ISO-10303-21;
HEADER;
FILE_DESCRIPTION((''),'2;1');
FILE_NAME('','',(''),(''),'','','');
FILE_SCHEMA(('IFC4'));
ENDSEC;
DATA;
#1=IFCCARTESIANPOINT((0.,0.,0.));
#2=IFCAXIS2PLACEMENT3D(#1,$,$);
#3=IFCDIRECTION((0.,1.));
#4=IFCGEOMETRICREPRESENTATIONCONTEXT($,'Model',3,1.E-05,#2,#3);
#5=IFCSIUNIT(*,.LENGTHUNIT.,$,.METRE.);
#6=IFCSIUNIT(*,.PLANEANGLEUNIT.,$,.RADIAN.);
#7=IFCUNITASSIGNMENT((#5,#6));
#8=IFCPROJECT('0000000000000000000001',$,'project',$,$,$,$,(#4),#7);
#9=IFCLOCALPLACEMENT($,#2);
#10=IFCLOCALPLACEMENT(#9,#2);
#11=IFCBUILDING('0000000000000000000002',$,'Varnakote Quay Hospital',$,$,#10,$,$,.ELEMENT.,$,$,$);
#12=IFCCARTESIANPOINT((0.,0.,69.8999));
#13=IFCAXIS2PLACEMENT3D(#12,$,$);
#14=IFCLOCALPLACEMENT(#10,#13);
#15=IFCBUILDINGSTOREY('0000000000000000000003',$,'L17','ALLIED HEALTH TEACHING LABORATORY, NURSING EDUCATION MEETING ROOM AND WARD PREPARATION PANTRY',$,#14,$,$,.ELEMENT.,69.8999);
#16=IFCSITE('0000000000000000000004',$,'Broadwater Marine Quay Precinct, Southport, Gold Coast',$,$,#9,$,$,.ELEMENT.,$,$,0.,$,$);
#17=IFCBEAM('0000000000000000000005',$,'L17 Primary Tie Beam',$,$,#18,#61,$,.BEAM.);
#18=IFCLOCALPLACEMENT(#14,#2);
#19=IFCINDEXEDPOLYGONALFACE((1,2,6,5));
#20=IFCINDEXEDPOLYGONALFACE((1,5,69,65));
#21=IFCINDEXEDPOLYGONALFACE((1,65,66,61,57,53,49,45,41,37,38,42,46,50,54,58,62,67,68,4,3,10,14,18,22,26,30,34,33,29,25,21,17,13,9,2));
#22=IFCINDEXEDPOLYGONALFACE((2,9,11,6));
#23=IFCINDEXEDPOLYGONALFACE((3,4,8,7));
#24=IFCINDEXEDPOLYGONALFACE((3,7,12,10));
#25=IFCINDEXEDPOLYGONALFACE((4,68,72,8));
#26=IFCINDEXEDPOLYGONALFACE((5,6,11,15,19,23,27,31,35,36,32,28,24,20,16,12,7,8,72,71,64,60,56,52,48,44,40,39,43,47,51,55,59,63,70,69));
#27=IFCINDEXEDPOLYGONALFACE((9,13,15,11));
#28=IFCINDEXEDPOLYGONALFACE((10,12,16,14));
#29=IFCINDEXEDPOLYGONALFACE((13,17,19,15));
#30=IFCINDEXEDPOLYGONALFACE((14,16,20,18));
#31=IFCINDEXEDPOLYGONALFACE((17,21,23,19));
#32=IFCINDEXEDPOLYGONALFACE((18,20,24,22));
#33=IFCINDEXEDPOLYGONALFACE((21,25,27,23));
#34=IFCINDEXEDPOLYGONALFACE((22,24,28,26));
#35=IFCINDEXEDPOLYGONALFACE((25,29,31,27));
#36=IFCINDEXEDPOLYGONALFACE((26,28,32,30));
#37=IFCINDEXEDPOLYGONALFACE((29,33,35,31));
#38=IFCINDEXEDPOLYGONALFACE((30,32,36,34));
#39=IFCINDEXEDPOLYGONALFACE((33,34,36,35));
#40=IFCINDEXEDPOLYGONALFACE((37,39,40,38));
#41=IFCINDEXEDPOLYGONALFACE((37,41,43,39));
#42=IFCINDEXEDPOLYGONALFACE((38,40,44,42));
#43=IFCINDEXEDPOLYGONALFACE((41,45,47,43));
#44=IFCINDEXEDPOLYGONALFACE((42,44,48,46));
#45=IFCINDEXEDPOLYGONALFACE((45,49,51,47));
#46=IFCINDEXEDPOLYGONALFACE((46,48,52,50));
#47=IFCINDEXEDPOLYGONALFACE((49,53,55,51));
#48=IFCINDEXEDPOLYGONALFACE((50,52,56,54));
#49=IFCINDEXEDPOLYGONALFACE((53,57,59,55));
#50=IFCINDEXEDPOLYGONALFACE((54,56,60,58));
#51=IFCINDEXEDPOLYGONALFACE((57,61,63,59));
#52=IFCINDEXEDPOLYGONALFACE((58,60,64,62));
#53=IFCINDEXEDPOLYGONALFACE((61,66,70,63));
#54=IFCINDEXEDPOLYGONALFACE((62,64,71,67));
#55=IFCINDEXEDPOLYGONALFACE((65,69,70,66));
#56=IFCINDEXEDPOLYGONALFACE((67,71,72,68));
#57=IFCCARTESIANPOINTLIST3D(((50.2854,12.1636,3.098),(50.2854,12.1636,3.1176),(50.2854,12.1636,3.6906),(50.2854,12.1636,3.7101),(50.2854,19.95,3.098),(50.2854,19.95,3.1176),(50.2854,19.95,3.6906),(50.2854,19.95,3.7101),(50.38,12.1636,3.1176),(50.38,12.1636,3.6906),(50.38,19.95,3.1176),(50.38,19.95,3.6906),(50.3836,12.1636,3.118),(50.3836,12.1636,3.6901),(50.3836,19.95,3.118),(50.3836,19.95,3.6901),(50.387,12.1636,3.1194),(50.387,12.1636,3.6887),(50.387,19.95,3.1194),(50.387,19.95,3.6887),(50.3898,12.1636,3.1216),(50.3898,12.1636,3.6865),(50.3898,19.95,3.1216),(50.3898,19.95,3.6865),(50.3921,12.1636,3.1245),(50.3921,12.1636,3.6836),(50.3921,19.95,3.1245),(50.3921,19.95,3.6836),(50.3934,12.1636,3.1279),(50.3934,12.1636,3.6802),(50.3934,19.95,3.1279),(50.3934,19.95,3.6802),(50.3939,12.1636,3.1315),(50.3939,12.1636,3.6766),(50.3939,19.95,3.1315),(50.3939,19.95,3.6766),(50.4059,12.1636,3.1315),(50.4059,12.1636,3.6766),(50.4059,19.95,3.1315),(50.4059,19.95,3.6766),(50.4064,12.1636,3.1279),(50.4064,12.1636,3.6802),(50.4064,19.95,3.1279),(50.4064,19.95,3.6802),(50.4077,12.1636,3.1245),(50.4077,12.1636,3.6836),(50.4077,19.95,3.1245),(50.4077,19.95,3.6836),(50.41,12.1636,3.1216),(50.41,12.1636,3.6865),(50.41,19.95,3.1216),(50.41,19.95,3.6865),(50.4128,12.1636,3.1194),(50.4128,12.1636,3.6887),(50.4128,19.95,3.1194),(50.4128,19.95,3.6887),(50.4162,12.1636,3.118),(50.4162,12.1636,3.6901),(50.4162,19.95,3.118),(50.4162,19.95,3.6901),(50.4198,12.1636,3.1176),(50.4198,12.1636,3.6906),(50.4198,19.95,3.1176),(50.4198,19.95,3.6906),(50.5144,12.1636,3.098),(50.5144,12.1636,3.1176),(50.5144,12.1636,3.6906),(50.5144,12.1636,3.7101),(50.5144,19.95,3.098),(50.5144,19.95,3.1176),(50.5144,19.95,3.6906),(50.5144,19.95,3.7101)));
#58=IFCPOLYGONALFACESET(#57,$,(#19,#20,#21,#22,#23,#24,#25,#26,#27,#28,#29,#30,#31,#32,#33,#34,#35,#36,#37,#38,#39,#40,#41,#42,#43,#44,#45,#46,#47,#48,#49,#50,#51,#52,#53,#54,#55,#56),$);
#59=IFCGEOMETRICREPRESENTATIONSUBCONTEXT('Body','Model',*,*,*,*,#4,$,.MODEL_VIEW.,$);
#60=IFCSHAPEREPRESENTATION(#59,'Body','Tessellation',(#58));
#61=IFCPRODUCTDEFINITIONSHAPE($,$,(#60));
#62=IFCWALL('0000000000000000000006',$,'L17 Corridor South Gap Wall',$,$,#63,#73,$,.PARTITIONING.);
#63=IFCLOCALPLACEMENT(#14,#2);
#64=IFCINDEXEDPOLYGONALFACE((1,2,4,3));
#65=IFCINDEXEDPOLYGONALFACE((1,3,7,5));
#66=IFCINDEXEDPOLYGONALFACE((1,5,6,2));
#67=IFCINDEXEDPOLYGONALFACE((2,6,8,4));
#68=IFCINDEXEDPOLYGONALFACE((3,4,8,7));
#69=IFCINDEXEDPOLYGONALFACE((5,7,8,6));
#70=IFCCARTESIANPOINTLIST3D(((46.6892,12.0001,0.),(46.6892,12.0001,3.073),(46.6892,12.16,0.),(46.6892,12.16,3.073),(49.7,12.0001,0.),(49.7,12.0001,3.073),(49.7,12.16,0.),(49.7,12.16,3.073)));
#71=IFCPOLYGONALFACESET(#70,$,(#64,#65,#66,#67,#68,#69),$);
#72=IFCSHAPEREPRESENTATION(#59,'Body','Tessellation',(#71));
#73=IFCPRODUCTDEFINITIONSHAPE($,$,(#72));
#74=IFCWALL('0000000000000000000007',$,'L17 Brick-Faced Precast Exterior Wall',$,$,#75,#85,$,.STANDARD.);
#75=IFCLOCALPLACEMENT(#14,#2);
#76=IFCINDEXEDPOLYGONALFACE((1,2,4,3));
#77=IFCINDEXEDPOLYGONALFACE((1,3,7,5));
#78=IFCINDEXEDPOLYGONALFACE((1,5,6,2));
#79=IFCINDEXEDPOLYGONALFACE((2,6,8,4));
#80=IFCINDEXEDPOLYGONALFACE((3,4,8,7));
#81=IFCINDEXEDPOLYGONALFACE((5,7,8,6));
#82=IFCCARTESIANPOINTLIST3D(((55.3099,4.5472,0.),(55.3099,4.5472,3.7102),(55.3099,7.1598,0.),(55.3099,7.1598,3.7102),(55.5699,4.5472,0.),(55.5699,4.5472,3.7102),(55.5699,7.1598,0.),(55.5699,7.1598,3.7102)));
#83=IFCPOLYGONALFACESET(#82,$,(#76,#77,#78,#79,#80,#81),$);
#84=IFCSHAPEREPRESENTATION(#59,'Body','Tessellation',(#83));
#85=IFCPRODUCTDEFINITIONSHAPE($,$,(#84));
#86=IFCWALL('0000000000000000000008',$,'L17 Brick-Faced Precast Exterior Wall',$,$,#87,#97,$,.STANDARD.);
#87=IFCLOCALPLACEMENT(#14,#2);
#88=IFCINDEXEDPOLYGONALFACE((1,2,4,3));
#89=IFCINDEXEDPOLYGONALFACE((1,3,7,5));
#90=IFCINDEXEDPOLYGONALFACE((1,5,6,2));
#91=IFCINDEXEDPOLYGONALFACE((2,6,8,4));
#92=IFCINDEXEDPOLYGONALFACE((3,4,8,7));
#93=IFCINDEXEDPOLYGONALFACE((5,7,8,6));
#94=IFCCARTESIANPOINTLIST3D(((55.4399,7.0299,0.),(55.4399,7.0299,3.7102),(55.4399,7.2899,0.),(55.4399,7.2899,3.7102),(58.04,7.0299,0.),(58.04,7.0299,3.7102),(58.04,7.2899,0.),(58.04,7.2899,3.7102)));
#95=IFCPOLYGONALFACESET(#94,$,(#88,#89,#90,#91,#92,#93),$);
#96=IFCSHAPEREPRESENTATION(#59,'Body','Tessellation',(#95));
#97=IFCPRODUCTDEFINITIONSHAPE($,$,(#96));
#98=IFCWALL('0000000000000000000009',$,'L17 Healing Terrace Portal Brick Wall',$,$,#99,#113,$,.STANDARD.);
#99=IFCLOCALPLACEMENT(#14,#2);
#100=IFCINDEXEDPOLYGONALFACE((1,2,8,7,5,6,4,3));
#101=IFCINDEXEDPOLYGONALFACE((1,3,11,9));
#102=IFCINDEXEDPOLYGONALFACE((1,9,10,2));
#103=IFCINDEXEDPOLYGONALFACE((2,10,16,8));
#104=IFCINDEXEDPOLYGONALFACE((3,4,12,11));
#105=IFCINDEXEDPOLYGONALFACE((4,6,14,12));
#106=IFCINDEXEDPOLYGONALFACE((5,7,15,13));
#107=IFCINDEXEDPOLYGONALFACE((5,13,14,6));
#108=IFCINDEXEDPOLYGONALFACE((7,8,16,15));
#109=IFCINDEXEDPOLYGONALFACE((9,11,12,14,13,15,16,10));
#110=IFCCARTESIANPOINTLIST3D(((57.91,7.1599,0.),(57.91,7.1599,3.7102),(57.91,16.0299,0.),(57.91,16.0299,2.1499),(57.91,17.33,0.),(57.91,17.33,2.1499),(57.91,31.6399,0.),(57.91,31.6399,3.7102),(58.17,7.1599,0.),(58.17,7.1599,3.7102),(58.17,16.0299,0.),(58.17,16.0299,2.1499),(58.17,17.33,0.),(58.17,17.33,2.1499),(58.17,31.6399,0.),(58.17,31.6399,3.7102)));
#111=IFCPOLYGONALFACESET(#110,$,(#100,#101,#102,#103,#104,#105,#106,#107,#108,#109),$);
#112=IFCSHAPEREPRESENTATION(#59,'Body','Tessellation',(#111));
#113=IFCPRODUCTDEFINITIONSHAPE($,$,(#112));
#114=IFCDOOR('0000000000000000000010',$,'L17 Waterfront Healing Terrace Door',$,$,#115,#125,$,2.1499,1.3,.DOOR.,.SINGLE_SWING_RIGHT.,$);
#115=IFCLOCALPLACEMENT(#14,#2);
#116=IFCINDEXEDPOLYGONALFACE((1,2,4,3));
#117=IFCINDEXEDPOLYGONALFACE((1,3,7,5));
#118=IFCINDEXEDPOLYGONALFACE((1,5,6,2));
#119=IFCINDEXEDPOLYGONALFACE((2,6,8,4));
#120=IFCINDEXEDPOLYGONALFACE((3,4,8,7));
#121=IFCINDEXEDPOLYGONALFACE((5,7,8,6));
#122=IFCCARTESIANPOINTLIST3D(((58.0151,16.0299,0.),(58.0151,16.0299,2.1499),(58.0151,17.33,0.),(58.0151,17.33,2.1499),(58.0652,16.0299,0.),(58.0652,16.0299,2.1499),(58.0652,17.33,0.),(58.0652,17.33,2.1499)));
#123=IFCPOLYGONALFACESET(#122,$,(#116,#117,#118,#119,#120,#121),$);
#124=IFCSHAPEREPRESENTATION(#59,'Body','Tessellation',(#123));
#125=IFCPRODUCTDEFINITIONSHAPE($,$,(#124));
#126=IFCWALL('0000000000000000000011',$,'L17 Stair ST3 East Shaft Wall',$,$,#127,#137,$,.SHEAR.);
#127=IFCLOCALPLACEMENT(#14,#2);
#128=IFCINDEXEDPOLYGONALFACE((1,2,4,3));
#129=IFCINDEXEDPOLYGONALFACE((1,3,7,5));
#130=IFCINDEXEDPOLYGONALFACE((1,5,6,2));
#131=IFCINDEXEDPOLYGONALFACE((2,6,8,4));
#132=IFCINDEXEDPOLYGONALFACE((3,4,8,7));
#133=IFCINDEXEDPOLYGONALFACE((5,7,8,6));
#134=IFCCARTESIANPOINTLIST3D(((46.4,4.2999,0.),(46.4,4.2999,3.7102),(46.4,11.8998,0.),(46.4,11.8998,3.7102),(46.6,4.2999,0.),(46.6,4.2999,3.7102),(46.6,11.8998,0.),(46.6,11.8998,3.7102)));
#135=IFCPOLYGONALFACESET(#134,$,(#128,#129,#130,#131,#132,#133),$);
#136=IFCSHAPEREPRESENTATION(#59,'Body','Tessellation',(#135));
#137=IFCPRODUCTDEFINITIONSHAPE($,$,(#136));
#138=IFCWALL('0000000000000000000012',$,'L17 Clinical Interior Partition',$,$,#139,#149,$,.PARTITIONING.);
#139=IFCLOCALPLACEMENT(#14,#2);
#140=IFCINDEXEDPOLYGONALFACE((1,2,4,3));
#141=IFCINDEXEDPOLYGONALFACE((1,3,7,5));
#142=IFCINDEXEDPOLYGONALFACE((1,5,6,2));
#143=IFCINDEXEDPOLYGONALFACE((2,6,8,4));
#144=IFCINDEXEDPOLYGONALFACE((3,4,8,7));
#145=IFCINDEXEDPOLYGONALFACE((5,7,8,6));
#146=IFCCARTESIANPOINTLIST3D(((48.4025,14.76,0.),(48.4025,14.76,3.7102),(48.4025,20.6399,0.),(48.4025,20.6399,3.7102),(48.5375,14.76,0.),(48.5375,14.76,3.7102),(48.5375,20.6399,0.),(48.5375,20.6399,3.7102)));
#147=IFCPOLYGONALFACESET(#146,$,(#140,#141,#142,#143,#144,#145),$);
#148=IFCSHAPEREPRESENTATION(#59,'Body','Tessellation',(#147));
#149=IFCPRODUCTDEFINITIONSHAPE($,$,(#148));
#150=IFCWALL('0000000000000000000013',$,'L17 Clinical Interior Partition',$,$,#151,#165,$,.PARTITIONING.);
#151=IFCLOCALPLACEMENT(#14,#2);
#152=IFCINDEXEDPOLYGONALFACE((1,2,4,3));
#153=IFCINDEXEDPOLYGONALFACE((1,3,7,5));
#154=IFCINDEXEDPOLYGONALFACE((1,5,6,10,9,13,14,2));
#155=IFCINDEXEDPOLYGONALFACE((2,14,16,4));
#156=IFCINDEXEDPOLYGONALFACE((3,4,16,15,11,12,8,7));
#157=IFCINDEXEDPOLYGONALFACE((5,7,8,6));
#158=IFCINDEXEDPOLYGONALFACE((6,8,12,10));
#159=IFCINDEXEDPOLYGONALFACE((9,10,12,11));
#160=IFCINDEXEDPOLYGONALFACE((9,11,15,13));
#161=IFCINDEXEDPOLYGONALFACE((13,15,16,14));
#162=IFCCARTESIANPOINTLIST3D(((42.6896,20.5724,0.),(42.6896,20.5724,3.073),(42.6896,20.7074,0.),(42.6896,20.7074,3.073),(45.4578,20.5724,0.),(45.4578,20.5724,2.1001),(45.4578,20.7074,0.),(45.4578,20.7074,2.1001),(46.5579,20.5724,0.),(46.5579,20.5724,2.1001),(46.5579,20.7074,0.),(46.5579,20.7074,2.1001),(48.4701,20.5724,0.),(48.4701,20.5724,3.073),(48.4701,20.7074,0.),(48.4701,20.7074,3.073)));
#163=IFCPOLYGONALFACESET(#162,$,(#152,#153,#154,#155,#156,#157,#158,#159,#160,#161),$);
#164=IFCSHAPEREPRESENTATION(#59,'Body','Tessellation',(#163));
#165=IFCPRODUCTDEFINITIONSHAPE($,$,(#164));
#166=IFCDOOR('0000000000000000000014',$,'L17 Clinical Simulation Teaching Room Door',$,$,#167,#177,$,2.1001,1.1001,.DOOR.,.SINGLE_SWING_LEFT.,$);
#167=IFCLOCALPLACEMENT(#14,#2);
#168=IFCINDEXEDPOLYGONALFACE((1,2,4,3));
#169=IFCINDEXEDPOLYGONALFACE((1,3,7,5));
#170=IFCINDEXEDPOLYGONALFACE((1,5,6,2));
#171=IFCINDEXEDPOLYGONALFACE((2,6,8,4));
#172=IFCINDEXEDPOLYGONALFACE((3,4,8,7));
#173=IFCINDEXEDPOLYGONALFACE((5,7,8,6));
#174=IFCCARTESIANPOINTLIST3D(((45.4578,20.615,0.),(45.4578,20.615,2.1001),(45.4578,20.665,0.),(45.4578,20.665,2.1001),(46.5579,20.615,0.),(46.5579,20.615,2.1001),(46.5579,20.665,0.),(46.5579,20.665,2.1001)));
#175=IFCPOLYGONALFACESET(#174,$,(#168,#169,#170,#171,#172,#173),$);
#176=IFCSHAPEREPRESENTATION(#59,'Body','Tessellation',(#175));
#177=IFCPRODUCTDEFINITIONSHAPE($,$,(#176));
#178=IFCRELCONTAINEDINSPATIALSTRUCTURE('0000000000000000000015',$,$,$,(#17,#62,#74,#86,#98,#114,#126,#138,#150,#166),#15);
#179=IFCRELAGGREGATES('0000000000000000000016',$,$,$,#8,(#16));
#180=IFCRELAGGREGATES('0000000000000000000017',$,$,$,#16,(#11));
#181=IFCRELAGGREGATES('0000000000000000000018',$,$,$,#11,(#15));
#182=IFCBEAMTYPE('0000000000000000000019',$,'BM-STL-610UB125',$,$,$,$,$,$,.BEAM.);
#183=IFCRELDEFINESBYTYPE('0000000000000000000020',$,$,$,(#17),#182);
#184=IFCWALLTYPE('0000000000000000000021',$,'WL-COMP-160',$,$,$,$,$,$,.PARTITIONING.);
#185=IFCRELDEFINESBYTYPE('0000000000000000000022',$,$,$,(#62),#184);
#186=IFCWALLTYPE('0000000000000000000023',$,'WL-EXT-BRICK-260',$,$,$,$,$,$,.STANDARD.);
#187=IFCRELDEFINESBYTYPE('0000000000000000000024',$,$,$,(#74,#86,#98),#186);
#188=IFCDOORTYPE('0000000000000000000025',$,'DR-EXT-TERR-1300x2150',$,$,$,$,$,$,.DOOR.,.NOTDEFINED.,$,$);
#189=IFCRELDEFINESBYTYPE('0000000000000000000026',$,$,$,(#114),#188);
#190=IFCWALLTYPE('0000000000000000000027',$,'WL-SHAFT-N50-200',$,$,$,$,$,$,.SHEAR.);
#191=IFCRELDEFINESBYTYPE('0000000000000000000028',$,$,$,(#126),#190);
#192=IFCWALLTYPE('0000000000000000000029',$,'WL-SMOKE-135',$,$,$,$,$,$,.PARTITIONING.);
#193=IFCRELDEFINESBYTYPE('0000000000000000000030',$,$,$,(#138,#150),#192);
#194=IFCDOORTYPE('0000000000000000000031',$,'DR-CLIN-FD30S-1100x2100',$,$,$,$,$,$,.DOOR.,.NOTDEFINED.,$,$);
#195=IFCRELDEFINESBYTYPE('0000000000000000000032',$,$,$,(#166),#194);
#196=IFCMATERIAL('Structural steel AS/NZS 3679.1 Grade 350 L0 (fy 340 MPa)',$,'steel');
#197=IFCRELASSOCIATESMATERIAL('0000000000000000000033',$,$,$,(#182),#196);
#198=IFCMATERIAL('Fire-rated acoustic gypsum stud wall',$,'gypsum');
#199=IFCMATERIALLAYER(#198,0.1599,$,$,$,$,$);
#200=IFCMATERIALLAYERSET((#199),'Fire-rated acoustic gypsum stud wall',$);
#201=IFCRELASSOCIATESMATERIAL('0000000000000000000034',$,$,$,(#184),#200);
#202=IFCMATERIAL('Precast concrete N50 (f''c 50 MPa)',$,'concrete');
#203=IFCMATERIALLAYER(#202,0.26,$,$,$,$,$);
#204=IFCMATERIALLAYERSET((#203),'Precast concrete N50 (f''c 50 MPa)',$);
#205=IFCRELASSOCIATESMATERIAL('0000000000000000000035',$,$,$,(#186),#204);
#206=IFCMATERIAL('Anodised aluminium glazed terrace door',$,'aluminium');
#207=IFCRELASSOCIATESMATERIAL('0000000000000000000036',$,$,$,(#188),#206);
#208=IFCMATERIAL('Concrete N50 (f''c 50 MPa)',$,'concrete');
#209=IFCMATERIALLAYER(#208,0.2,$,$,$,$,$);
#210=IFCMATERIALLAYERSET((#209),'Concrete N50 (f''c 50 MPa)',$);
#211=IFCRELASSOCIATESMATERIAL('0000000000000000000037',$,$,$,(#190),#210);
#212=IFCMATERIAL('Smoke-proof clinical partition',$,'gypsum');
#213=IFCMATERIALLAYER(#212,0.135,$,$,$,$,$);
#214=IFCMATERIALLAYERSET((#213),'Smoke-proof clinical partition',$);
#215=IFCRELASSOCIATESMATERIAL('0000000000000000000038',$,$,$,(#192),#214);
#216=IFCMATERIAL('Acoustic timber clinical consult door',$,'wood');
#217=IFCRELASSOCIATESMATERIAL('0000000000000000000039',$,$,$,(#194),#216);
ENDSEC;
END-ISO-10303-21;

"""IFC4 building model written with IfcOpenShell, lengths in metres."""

from ifc_helpers import new_model, si_unit, direction, frame, frame_2d, origin, origin_2d, place, context, subcontext, project, spatial, rectangle, i_section, extrude, material, layer, layer_set, material_profile, profile_set, type_object, element, fill, save


model = new_model("IFC4")

# Units and contexts
model_context = context("Model", 3, precision=1e-05, world=origin(), true_north=direction((0.0, 1.0)))
body_context = subcontext(model_context, "Body", "Model", "MODEL_VIEW")
ifc_project = project(units=[si_unit("LENGTHUNIT", "METRE"), si_unit("PLANEANGLEUNIT", "RADIAN")], contexts=[model_context])

# Site, building, storey
site_placement = place(None, origin())
site = spatial("IfcSite", under=ifc_project, at=site_placement, Name="Broadwater Marine Quay Precinct, Southport, Gold Coast", CompositionType="ELEMENT", RefElevation=0.0)
building_placement = place(site_placement, origin())
building = spatial("IfcBuilding", under=site, at=building_placement, Name="Varnakote Quay Hospital", CompositionType="ELEMENT")
storey_placement = place(building_placement, frame((0.0, 0.0, 69.8999)))
storey = spatial("IfcBuildingStorey", under=building, at=storey_placement, Name="L17", Description="ALLIED HEALTH TEACHING LABORATORY, NURSING EDUCATION MEETING ROOM AND WARD PREPARATION PANTRY", CompositionType="ELEMENT", Elevation=69.8999)

# Beam
ifc_material_1 = material(Name="Structural steel AS/NZS 3679.1 Grade 350 L0 (fy 340 MPa)", Category="steel")
ifc_material_profile_1 = material_profile(ifc_material_1, i_section(OverallWidth=0.229, OverallDepth=0.6121, WebThickness=0.012, FlangeThickness=0.0195, FilletRadius=0.0139, at=origin_2d()), Name="610UB125")
ifc_profile_set_1 = profile_set([ifc_material_profile_1], Name="Structural steel AS/NZS 3679.1 Grade 350 L0 (fy 340 MPa)")
beam_type = type_object("IfcBeamType", Name="BM-STL-610UB125", PredefinedType="BEAM", material=ifc_profile_set_1)
beam_1_placement = place(storey_placement, frame((50.3999, 12.1636, 3.4041), z_axis=(0.0, 1.0, 0.0), x_axis=(-1.0, 0.0, 0.0)))
element("IfcBeam", 1, at=beam_1_placement, inside=storey, type_object=beam_type, Name="L17 Primary Tie Beam", PredefinedType="BEAM", context=body_context, shape_type="SweptSolid", body=[
    extrude(i_section(OverallWidth=0.229, OverallDepth=0.6121, WebThickness=0.012, FlangeThickness=0.0195, FilletRadius=0.0139, at=origin_2d()), origin(), (0.0, 0.0, 1.0), 7.7864),
])

# Walls
ifc_material_2 = material(Name="Fire-rated acoustic gypsum stud wall", Category="gypsum")
ifc_layer_1 = layer(ifc_material_2, 0.1599)
ifc_layer_set_1 = layer_set([ifc_layer_1], Name="Fire-rated acoustic gypsum stud wall")
wall_type_1 = type_object("IfcWallType", Name="WL-COMP-160", PredefinedType="PARTITIONING", material=ifc_layer_set_1)
wall_1_placement = place(storey_placement, frame((46.6892, 12.0801, 0.0), z_axis=(0.0, 0.0, 1.0), x_axis=(1.0, 0.0, 0.0)))
element("IfcWall", 2, at=wall_1_placement, inside=storey, type_object=wall_type_1, Name="L17 Corridor South Gap Wall", PredefinedType="PARTITIONING", context=body_context, shape_type="SweptSolid", body=[
    extrude(rectangle(XDim=3.0107, YDim=0.1599, at=frame_2d((1.5054, 0.0))), origin(), (0.0, 0.0, 1.0), 3.073),
])
ifc_material_3 = material(Name="Precast concrete N50 (f'c 50 MPa)", Category="concrete")
ifc_layer_2 = layer(ifc_material_3, 0.26)
ifc_layer_set_2 = layer_set([ifc_layer_2], Name="Precast concrete N50 (f'c 50 MPa)")
wall_type_2 = type_object("IfcWallType", Name="WL-EXT-BRICK-260", PredefinedType="STANDARD", material=ifc_layer_set_2)
wall_2_placement = place(storey_placement, frame((55.4399, 4.5474, 0.0), z_axis=(0.0, 0.0, 1.0), x_axis=(0.0, 1.0, 0.0)))
element("IfcWall", 3, at=wall_2_placement, inside=storey, type_object=wall_type_2, Name="L17 Brick-Faced Precast Exterior Wall", PredefinedType="STANDARD", context=body_context, shape_type="SweptSolid", body=[
    extrude(rectangle(XDim=2.6125, YDim=0.26, at=frame_2d((1.3062, 0.0))), origin(), (0.0, 0.0, 1.0), 3.7102),
])
wall_3_placement = place(storey_placement, frame((55.4399, 7.1599, 0.0), z_axis=(0.0, 0.0, 1.0), x_axis=(1.0, 0.0, 0.0)))
element("IfcWall", 4, at=wall_3_placement, inside=storey, type_object=wall_type_2, Name="L17 Brick-Faced Precast Exterior Wall", PredefinedType="STANDARD", context=body_context, shape_type="SweptSolid", body=[
    extrude(rectangle(XDim=2.6001, YDim=0.26, at=frame_2d((1.3, 0.0))), origin(), (0.0, 0.0, 1.0), 3.7102),
])

# Wall, opening, door
wall_4_placement = place(storey_placement, frame((58.04, 7.1599, 0.0), z_axis=(0.0, 0.0, 1.0), x_axis=(0.0, 1.0, 0.0)))
wall_4 = element("IfcWall", 5, at=wall_4_placement, inside=storey, type_object=wall_type_2, Name="L17 Healing Terrace Portal Brick Wall", PredefinedType="STANDARD", context=body_context, shape_type="SweptSolid", body=[
    extrude(rectangle(XDim=24.48, YDim=0.26, at=frame_2d((12.24, 0.0))), origin(), (0.0, 0.0, 1.0), 3.7102),
])
opening_1_placement = place(wall_4_placement, frame((8.8701, 0.0, 0.0)))
opening_1 = element("IfcOpeningElement", 6, at=opening_1_placement, cuts=wall_4, PredefinedType="OPENING", context=body_context, shape_type="SweptSolid", body=[
    extrude(rectangle(XDim=1.3, YDim=2.1499, at=frame_2d((0.6499, 1.075))), frame((0.0, 0.1399, 0.0), z_axis=(0.0, -1.0, 0.0), x_axis=(1.0, 0.0, 0.0)), (0.0, 0.0, 1.0), 0.28),
])
ifc_material_4 = material(Name="Anodised aluminium glazed terrace door", Category="aluminium")
door_type_1 = type_object("IfcDoorType", Name="DR-EXT-TERR-1300x2150", OperationType="NOTDEFINED", PredefinedType="DOOR", material=ifc_material_4)
door_1_placement = place(opening_1_placement, origin())
door_1 = element("IfcDoor", 7, at=door_1_placement, inside=storey, type_object=door_type_1, Name="L17 Waterfront Healing Terrace Door", OperationType="SINGLE_SWING_RIGHT", OverallHeight=2.1499, OverallWidth=1.3, PredefinedType="DOOR", context=body_context, shape_type="SweptSolid", body=[
    extrude(rectangle(XDim=1.3, YDim=2.1499, at=frame_2d((0.6499, 1.075))), frame((0.0, 0.0249, 0.0), z_axis=(0.0, -1.0, 0.0), x_axis=(1.0, 0.0, 0.0)), (0.0, 0.0, 1.0), 0.05),
])
fill(opening_1, door_1)

# Walls
ifc_material_5 = material(Name="Concrete N50 (f'c 50 MPa)", Category="concrete")
ifc_layer_3 = layer(ifc_material_5, 0.2)
ifc_layer_set_3 = layer_set([ifc_layer_3], Name="Concrete N50 (f'c 50 MPa)")
wall_type_3 = type_object("IfcWallType", Name="WL-SHAFT-N50-200", PredefinedType="SHEAR", material=ifc_layer_set_3)
wall_5_placement = place(storey_placement, frame((46.5, 4.3, 0.0), z_axis=(0.0, 0.0, 1.0), x_axis=(0.0, 1.0, 0.0)))
element("IfcWall", 8, at=wall_5_placement, inside=storey, type_object=wall_type_3, Name="L17 Stair ST3 East Shaft Wall", PredefinedType="SHEAR", context=body_context, shape_type="SweptSolid", body=[
    extrude(rectangle(XDim=7.5999, YDim=0.2, at=frame_2d((3.7998, 0.0))), origin(), (0.0, 0.0, 1.0), 3.7102),
])
ifc_material_6 = material(Name="Smoke-proof clinical partition", Category="gypsum")
ifc_layer_4 = layer(ifc_material_6, 0.135)
ifc_layer_set_4 = layer_set([ifc_layer_4], Name="Smoke-proof clinical partition")
wall_type_4 = type_object("IfcWallType", Name="WL-SMOKE-135", PredefinedType="PARTITIONING", material=ifc_layer_set_4)
wall_6_placement = place(storey_placement, frame((48.47, 14.76, 0.0), z_axis=(0.0, 0.0, 1.0), x_axis=(0.0, 1.0, 0.0)))
element("IfcWall", 9, at=wall_6_placement, inside=storey, type_object=wall_type_4, Name="L17 Clinical Interior Partition", PredefinedType="PARTITIONING", context=body_context, shape_type="SweptSolid", body=[
    extrude(rectangle(XDim=5.8799, YDim=0.135, at=frame_2d((2.9399, 0.0))), origin(), (0.0, 0.0, 1.0), 3.7102),
])

# Wall, opening, door
wall_7_placement = place(storey_placement, frame((48.47, 20.6399, 0.0), z_axis=(0.0, 0.0, 1.0), x_axis=(-1.0, 0.0, 0.0)))
wall_7 = element("IfcWall", 10, at=wall_7_placement, inside=storey, type_object=wall_type_4, Name="L17 Clinical Interior Partition", PredefinedType="PARTITIONING", context=body_context, shape_type="SweptSolid", body=[
    extrude(rectangle(XDim=5.7805, YDim=0.135, at=frame_2d((2.8901, 0.0))), origin(), (0.0, 0.0, 1.0), 3.073),
])
opening_2_placement = place(wall_7_placement, frame((1.9121, 0.0, 0.0)))
opening_2 = element("IfcOpeningElement", 11, at=opening_2_placement, cuts=wall_7, PredefinedType="OPENING", context=body_context, shape_type="SweptSolid", body=[
    extrude(rectangle(XDim=1.1001, YDim=2.1001, at=frame_2d((0.55, 1.05))), frame((0.0, 0.0774, 0.0), z_axis=(0.0, -1.0, 0.0), x_axis=(1.0, 0.0, 0.0)), (0.0, 0.0, 1.0), 0.155),
])
ifc_material_7 = material(Name="Acoustic timber clinical consult door", Category="wood")
door_type_2 = type_object("IfcDoorType", Name="DR-CLIN-FD30S-1100x2100", OperationType="NOTDEFINED", PredefinedType="DOOR", material=ifc_material_7)
door_2_placement = place(opening_2_placement, origin())
door_2 = element("IfcDoor", 12, at=door_2_placement, inside=storey, type_object=door_type_2, Name="L17 Clinical Simulation Teaching Room Door", OperationType="SINGLE_SWING_LEFT", OverallHeight=2.1001, OverallWidth=1.1001, PredefinedType="DOOR", context=body_context, shape_type="SweptSolid", body=[
    extrude(rectangle(XDim=1.1001, YDim=2.1001, at=frame_2d((0.55, 1.05))), frame((0.0, 0.0249, 0.0), z_axis=(0.0, -1.0, 0.0), x_axis=(1.0, 0.0, 0.0)), (0.0, 0.0, 1.0), 0.05),
])
fill(opening_2, door_2)

save(model, "model.ifc")
